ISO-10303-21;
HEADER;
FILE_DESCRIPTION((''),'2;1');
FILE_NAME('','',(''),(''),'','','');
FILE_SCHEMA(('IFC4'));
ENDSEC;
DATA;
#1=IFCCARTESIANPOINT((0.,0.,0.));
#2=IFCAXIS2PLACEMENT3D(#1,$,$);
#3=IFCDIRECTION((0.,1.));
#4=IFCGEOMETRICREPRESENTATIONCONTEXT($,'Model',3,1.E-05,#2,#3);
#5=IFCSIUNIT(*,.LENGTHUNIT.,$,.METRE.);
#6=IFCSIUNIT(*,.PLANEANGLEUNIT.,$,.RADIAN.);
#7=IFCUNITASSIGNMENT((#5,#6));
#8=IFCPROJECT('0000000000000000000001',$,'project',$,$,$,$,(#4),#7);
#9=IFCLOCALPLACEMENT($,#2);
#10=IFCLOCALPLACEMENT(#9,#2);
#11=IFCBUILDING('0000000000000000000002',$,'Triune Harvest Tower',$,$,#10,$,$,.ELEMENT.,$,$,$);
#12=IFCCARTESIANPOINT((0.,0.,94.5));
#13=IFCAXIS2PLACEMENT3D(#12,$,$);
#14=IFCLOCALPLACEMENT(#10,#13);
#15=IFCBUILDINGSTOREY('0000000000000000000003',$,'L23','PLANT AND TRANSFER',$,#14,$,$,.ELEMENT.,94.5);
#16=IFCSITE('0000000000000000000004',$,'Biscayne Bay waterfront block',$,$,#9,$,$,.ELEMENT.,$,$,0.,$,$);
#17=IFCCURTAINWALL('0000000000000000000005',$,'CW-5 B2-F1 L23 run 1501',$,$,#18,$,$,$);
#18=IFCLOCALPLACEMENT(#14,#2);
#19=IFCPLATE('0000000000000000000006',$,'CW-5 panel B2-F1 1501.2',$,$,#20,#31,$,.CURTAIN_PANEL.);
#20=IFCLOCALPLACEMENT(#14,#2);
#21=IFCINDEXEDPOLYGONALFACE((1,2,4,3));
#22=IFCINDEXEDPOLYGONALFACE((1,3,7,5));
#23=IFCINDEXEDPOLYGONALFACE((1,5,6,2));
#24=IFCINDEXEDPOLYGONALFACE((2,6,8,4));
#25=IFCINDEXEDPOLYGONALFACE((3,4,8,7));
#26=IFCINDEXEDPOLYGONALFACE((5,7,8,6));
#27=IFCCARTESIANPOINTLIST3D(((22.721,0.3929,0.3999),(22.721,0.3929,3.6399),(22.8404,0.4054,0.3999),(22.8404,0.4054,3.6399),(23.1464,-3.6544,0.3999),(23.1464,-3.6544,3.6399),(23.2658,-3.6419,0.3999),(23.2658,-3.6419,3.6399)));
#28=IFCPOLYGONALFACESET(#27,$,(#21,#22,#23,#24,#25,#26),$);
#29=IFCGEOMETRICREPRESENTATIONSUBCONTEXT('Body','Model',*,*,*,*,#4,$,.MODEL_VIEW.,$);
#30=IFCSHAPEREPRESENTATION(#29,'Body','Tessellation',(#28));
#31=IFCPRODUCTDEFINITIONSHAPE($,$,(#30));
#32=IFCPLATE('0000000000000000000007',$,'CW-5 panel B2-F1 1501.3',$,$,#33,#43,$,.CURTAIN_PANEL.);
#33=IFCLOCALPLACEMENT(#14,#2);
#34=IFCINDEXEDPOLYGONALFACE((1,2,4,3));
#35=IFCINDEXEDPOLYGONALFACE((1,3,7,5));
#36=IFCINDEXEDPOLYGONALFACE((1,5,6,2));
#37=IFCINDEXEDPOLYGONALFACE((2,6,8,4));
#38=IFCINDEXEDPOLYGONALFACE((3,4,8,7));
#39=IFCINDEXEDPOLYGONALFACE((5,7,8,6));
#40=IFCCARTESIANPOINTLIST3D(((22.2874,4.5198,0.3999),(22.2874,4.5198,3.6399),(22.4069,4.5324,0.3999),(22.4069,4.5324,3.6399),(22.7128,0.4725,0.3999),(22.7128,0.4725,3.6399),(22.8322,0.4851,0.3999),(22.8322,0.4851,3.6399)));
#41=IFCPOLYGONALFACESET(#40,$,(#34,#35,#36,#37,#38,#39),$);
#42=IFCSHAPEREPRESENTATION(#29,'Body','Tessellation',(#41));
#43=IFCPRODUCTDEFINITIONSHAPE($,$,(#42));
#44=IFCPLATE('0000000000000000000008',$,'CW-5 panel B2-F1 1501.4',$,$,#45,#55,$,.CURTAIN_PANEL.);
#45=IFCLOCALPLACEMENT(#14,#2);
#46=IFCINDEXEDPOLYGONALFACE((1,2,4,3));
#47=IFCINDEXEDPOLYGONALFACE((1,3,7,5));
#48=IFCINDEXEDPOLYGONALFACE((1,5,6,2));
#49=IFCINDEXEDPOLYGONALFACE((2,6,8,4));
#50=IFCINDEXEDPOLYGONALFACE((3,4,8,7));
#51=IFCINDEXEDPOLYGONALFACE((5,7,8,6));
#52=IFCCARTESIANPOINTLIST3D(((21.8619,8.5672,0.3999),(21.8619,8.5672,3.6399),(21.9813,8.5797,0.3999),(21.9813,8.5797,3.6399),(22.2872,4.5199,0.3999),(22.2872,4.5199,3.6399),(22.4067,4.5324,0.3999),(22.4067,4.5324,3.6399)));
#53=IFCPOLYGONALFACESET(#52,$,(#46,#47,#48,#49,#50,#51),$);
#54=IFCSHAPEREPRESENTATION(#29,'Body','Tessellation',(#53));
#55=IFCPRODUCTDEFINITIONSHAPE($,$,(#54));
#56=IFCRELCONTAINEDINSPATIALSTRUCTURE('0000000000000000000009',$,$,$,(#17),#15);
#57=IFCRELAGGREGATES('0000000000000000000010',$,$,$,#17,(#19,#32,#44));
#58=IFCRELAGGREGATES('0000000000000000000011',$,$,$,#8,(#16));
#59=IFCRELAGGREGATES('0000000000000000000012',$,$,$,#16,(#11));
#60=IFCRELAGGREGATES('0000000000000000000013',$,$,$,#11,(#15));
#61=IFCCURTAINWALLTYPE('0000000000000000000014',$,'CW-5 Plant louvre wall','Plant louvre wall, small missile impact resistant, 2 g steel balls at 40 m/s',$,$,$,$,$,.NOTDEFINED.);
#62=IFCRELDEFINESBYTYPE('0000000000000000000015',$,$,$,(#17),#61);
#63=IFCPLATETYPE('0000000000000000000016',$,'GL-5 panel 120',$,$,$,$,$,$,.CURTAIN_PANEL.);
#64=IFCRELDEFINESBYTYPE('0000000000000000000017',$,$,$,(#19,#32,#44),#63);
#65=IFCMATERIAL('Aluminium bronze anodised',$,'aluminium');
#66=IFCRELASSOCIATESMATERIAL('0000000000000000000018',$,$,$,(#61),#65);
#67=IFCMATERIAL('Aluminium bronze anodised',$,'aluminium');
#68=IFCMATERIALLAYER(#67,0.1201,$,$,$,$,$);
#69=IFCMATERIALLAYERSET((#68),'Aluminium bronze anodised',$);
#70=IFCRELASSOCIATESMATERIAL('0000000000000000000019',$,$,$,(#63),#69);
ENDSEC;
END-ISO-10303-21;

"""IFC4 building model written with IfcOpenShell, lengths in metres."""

from ifc_helpers import new_model, si_unit, direction, frame, origin, origin_2d, place, context, subcontext, project, spatial, rectangle, extrude, source, transform, mapped, material, layer, layer_set, type_object, element, aggregate, save


model = new_model("IFC4")

# Units and contexts
model_context = context("Model", 3, precision=1e-05, world=origin(), true_north=direction((0.0, 1.0)))
body_context = subcontext(model_context, "Body", "Model", "MODEL_VIEW")
ifc_project = project(units=[si_unit("LENGTHUNIT", "METRE"), si_unit("PLANEANGLEUNIT", "RADIAN")], contexts=[model_context])

# Site, building, storey
site_placement = place(None, origin())
site = spatial("IfcSite", under=ifc_project, at=site_placement, Name="Biscayne Bay waterfront block", CompositionType="ELEMENT", RefElevation=0.0)
building_placement = place(site_placement, origin())
building = spatial("IfcBuilding", under=site, at=building_placement, Name="Triune Harvest Tower", CompositionType="ELEMENT")
storey_placement = place(building_placement, frame((0.0, 0.0, 94.5)))
storey = spatial("IfcBuildingStorey", under=building, at=storey_placement, Name="L23", Description="PLANT AND TRANSFER", CompositionType="ELEMENT", Elevation=94.5)

# Curtain wall, plates
ifc_material_1 = material(Name="Aluminium bronze anodised", Category="aluminium")
curtain_wall_type = type_object("IfcCurtainWallType", Name="CW-5 Plant louvre wall", Description="Plant louvre wall, small missile impact resistant, 2 g steel balls at 40 m/s", PredefinedType="NOTDEFINED", material=ifc_material_1)
curtain_wall_placement = place(storey_placement, origin())
curtain_wall = element("IfcCurtainWall", 1, at=curtain_wall_placement, inside=storey, type_object=curtain_wall_type, Name="CW-5 B2-F1 L23 run 1501")
ifc_material_2 = material(Name="Aluminium bronze anodised", Category="aluminium")
ifc_layer = layer(ifc_material_2, 0.1201)
ifc_layer_set = layer_set([ifc_layer], Name="Aluminium bronze anodised")
plate_type = type_object("IfcPlateType", Name="GL-5 panel 120", PredefinedType="CURTAIN_PANEL", material=ifc_layer_set)
shared_shape_1 = source(origin(), body_context, "Body", "SweptSolid", [
    extrude(rectangle(XDim=4.0696, YDim=0.1201, at=origin_2d()), origin(), (0.0, 0.0, 1.0), 3.24),
])
plate_1_placement = place(storey_placement, frame((22.9934, -1.6245, 0.3999), z_axis=(0.0, 0.0, 1.0), x_axis=(-0.104528, 0.994522, 0.0)))
plate_1 = element("IfcPlate", 2, at=plate_1_placement, type_object=plate_type, Name="CW-5 panel B2-F1 1501.2", PredefinedType="CURTAIN_PANEL", context=body_context, shape_type="MappedRepresentation", body=[
    mapped(shared_shape_1, transform((0.0, 0.0, 0.0), scale=1.0)),
])
plate_2_placement = place(storey_placement, frame((22.5598, 2.5024, 0.3999), z_axis=(0.0, 0.0, 1.0), x_axis=(-0.104528, 0.994522, 0.0)))
plate_2 = element("IfcPlate", 3, at=plate_2_placement, type_object=plate_type, Name="CW-5 panel B2-F1 1501.3", PredefinedType="CURTAIN_PANEL", context=body_context, shape_type="MappedRepresentation", body=[
    mapped(shared_shape_1, transform((0.0, 0.0, 0.0), scale=1.0)),
])
plate_3_placement = place(storey_placement, frame((22.1343, 6.5498, 0.3999), z_axis=(0.0, 0.0, 1.0), x_axis=(-0.104528, 0.994522, 0.0)))
plate_3 = element("IfcPlate", 4, at=plate_3_placement, type_object=plate_type, Name="CW-5 panel B2-F1 1501.4", PredefinedType="CURTAIN_PANEL", context=body_context, shape_type="MappedRepresentation", body=[
    mapped(shared_shape_1, transform((0.0, 0.0, 0.0), scale=1.0)),
])
aggregate(curtain_wall, [plate_1, plate_2, plate_3])

save(model, "model.ifc")
